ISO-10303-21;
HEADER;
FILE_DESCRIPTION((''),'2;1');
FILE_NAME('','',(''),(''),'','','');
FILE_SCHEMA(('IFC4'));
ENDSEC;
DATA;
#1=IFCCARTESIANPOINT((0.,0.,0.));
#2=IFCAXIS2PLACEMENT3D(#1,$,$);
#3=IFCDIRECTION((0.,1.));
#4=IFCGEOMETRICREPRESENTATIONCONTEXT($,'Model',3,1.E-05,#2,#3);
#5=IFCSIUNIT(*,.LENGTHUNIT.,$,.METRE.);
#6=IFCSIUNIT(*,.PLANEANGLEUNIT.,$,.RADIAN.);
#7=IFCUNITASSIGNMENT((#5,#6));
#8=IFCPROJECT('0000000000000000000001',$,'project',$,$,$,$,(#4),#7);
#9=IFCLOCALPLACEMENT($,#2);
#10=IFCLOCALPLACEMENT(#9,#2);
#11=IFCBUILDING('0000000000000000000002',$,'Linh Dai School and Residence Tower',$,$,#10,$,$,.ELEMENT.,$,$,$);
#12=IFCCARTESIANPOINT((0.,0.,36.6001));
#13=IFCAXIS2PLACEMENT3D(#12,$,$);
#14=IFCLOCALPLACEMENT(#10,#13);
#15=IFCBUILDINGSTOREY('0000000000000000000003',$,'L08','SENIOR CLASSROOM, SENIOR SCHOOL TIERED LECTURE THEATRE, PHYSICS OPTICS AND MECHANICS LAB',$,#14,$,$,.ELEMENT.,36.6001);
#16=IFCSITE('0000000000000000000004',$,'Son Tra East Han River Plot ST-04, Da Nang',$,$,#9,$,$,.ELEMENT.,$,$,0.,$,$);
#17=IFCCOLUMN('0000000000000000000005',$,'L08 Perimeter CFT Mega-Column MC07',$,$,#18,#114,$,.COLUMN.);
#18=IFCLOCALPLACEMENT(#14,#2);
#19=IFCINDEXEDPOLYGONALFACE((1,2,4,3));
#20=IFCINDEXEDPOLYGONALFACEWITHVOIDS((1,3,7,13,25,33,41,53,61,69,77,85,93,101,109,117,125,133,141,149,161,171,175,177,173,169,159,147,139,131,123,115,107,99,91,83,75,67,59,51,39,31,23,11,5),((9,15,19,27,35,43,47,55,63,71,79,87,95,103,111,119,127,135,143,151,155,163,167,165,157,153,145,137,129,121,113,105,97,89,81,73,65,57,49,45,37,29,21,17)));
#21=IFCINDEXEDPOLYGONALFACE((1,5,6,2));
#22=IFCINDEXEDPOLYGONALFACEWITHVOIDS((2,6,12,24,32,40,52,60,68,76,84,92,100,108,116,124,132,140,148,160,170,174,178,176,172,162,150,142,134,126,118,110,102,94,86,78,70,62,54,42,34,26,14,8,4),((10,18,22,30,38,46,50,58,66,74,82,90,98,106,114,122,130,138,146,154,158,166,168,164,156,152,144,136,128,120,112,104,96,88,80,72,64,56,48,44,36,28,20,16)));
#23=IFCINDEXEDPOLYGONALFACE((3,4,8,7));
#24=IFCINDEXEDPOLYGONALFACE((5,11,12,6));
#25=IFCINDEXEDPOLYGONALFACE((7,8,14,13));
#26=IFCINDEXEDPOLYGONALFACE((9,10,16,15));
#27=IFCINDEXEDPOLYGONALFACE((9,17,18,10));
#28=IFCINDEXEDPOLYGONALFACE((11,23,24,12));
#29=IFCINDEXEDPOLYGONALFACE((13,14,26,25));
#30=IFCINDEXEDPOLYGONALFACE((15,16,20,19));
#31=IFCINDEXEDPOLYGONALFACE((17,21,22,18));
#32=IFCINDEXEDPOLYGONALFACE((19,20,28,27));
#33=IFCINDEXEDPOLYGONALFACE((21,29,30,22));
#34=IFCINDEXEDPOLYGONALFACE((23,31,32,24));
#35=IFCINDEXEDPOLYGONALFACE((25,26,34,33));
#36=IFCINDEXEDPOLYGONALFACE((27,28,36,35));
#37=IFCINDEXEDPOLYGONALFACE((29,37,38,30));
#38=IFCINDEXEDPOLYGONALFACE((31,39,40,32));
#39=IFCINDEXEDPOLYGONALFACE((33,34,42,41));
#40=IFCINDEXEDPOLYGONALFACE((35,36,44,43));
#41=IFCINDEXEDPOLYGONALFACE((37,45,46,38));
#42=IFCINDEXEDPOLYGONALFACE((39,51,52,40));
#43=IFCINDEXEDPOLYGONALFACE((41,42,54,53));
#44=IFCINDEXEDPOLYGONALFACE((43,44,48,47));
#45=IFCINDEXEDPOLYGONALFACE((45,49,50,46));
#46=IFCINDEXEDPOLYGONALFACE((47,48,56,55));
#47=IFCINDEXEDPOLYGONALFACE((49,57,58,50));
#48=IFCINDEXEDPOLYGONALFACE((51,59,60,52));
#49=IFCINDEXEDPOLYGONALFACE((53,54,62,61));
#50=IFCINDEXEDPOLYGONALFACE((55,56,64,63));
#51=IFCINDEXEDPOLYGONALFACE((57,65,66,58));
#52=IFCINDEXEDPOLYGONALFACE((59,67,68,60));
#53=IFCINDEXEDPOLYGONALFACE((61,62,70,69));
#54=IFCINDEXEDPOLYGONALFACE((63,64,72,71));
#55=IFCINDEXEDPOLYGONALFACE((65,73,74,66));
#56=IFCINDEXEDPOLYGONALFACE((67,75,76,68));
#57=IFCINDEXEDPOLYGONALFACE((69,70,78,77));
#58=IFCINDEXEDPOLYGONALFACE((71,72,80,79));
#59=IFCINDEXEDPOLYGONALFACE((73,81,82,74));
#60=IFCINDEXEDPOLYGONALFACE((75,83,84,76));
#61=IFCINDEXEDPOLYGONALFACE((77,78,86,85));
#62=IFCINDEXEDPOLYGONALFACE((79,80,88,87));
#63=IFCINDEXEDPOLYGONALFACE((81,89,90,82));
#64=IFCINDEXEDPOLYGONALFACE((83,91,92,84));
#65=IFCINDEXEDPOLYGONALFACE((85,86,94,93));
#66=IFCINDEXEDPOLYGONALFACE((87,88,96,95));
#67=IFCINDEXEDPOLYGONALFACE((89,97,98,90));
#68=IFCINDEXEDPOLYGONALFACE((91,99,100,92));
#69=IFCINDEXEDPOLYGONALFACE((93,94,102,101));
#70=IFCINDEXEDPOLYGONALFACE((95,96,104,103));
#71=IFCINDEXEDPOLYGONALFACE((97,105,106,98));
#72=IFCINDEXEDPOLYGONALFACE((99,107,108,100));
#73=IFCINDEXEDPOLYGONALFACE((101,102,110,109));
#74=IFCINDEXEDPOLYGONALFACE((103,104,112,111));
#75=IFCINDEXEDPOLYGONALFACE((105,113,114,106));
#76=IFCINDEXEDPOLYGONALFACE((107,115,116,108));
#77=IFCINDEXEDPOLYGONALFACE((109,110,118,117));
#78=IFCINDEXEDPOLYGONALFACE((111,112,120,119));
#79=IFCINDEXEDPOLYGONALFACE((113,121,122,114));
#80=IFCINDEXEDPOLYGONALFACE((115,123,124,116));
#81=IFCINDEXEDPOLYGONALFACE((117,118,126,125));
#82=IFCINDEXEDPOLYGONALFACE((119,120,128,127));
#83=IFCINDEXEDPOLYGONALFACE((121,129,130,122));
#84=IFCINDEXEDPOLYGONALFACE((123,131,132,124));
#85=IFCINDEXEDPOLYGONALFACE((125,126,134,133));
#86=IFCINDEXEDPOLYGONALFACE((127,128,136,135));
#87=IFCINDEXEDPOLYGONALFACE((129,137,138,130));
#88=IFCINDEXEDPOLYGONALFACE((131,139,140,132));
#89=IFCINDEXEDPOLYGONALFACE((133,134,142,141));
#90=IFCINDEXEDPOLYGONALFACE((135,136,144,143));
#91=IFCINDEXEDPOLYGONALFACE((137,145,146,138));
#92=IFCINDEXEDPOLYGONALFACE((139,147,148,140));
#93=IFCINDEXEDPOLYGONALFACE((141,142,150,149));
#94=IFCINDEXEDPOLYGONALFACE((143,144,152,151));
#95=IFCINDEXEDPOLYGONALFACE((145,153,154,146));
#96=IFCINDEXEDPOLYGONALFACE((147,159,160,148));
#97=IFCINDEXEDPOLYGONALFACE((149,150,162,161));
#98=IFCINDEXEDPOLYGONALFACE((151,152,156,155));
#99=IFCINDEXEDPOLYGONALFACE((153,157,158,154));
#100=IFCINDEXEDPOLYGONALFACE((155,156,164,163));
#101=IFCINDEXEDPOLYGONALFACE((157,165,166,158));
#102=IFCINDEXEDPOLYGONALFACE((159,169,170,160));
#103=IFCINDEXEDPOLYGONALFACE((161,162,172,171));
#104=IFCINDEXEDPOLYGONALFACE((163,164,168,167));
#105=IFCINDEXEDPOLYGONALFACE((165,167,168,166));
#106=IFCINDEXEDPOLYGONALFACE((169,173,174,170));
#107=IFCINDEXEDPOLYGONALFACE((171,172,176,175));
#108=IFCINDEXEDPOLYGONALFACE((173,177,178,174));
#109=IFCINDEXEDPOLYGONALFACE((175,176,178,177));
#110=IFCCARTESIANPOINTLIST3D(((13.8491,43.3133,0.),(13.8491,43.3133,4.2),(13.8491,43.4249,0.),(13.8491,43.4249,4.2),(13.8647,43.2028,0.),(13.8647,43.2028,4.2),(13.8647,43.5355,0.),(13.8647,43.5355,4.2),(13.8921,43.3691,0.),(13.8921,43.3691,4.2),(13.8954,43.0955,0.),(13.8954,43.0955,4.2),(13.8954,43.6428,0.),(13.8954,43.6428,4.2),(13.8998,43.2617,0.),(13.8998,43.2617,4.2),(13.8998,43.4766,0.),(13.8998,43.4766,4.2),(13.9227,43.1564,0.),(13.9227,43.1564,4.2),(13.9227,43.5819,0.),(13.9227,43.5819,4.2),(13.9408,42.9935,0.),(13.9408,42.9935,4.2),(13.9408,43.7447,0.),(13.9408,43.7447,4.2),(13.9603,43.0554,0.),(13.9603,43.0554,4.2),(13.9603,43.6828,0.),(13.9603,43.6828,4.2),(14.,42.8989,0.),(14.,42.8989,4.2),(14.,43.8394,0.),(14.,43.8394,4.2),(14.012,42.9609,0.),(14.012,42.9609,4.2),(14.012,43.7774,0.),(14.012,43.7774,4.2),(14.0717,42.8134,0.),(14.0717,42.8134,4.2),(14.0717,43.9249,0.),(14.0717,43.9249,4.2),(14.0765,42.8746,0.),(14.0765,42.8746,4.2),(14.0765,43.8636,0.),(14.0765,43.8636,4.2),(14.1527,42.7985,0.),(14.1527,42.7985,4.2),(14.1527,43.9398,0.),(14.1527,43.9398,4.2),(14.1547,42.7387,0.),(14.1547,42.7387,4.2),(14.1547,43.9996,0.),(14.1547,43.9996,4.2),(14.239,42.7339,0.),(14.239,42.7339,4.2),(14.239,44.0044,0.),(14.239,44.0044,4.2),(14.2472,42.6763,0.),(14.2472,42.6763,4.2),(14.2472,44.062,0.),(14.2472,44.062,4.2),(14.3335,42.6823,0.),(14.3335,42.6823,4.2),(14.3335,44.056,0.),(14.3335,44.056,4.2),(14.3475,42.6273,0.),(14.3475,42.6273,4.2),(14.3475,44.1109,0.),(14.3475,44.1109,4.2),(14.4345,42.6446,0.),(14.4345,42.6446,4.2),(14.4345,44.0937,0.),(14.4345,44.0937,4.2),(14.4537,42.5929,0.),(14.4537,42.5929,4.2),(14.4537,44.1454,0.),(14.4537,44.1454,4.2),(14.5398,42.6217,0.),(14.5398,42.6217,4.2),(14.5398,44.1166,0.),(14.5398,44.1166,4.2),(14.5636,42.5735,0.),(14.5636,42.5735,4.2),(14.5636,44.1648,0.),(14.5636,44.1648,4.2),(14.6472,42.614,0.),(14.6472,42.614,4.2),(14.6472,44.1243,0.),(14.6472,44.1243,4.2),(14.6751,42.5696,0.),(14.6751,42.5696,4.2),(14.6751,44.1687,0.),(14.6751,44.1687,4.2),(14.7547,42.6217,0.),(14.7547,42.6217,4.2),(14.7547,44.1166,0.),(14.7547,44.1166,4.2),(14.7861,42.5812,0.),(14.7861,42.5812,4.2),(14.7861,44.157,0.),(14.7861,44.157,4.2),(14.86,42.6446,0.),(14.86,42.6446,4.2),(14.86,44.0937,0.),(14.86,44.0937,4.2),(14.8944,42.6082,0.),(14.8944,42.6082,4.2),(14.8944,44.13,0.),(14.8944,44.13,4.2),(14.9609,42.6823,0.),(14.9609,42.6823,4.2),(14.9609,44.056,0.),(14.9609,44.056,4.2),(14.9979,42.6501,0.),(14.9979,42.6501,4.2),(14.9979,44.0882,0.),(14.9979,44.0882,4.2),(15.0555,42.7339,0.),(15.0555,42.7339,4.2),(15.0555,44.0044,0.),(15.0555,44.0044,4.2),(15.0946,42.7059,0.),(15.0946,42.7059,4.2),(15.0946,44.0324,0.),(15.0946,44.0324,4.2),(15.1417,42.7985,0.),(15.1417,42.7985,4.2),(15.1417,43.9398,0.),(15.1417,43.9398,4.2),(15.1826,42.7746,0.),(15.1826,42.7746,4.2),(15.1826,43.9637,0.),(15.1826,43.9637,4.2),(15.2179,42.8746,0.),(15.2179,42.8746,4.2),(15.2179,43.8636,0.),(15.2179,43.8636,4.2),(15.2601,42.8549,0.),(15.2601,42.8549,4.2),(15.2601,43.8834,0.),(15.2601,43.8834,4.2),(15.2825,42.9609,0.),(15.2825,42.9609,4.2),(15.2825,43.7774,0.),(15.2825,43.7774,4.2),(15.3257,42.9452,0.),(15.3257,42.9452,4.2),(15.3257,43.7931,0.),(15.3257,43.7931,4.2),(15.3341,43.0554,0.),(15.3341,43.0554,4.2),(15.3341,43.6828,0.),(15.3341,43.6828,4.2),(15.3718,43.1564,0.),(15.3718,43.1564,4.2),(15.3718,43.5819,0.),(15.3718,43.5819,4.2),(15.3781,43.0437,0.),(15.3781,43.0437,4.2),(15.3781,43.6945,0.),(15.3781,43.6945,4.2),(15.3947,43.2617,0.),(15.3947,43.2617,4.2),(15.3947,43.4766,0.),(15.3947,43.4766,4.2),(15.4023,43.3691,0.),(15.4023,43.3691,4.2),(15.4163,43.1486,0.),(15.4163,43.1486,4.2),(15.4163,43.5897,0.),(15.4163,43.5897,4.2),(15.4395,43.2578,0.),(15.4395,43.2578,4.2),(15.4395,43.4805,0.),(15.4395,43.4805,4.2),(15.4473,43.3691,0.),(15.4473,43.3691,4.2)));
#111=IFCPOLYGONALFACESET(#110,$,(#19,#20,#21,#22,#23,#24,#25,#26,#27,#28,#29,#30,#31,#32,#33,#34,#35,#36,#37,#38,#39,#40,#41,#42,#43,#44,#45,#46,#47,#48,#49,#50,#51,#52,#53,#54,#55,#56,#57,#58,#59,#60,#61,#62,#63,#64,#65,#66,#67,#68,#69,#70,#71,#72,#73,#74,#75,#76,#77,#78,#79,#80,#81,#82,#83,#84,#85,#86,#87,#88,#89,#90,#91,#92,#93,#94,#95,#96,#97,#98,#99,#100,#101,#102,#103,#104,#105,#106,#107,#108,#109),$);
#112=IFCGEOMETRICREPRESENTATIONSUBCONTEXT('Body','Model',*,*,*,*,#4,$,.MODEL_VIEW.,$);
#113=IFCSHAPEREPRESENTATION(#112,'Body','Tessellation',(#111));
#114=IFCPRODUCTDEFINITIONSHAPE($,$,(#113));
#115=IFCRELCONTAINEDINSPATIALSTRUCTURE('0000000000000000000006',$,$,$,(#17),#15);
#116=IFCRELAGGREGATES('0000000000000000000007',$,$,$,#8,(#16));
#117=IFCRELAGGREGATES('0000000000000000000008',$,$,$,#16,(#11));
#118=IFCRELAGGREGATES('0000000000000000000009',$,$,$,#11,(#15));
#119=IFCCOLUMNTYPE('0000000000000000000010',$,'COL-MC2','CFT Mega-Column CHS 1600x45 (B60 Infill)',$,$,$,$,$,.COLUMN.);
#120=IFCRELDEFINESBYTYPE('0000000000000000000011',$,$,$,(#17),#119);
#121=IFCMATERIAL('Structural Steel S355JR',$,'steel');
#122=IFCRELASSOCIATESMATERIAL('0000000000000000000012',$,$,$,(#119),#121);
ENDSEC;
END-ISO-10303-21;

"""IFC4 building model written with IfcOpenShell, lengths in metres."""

from ifc_helpers import new_model, si_unit, direction, frame, origin, origin_2d, place, context, subcontext, project, spatial, hollow_circle, extrude, material, material_profile, profile_set, type_object, element, save


model = new_model("IFC4")

# Units and contexts
model_context = context("Model", 3, precision=1e-05, world=origin(), true_north=direction((0.0, 1.0)))
body_context = subcontext(model_context, "Body", "Model", "MODEL_VIEW")
ifc_project = project(units=[si_unit("LENGTHUNIT", "METRE"), si_unit("PLANEANGLEUNIT", "RADIAN")], contexts=[model_context])

# Site, building, storey
site_placement = place(None, origin())
site = spatial("IfcSite", under=ifc_project, at=site_placement, Name="Son Tra East Han River Plot ST-04, Da Nang", CompositionType="ELEMENT", RefElevation=0.0)
building_placement = place(site_placement, origin())
building = spatial("IfcBuilding", under=site, at=building_placement, Name="Linh Dai School and Residence Tower", CompositionType="ELEMENT")
storey_placement = place(building_placement, frame((0.0, 0.0, 36.6001)))
storey = spatial("IfcBuildingStorey", under=building, at=storey_placement, Name="L08", Description="SENIOR CLASSROOM, SENIOR SCHOOL TIERED LECTURE THEATRE, PHYSICS OPTICS AND MECHANICS LAB", CompositionType="ELEMENT", Elevation=36.6001)

# Column
ifc_material_1 = material(Name="Structural Steel S355JR", Category="steel")
ifc_material_profile_1 = material_profile(ifc_material_1, hollow_circle(Radius=0.8, WallThickness=0.0449, at=origin_2d()), Name="CHS 1600x45")
ifc_profile_set_1 = profile_set([ifc_material_profile_1], Name="Structural Steel S355JR")
column_type = type_object("IfcColumnType", Name="COL-MC2", Description="CFT Mega-Column CHS 1600x45 (B60 Infill)", PredefinedType="COLUMN", material=ifc_profile_set_1)
for number, where, z_axis, x_axis, name in (
    (1, (14.6472, 43.3691, 0.0), (0.0, 0.0, 1.0), (1.0, 0.0, 0.0), "L08 Perimeter CFT Mega-Column MC07"),
):
    element("IfcColumn", number, at=place(storey_placement, frame(where, z_axis=z_axis, x_axis=x_axis)), inside=storey, type_object=column_type, Name=name, PredefinedType="COLUMN", context=body_context, shape_type="SweptSolid", body=[
        extrude(hollow_circle(Radius=0.8, WallThickness=0.0449, at=origin_2d()), origin(), (0.0, 0.0, 1.0), 4.2),
    ])

save(model, "model.ifc")
